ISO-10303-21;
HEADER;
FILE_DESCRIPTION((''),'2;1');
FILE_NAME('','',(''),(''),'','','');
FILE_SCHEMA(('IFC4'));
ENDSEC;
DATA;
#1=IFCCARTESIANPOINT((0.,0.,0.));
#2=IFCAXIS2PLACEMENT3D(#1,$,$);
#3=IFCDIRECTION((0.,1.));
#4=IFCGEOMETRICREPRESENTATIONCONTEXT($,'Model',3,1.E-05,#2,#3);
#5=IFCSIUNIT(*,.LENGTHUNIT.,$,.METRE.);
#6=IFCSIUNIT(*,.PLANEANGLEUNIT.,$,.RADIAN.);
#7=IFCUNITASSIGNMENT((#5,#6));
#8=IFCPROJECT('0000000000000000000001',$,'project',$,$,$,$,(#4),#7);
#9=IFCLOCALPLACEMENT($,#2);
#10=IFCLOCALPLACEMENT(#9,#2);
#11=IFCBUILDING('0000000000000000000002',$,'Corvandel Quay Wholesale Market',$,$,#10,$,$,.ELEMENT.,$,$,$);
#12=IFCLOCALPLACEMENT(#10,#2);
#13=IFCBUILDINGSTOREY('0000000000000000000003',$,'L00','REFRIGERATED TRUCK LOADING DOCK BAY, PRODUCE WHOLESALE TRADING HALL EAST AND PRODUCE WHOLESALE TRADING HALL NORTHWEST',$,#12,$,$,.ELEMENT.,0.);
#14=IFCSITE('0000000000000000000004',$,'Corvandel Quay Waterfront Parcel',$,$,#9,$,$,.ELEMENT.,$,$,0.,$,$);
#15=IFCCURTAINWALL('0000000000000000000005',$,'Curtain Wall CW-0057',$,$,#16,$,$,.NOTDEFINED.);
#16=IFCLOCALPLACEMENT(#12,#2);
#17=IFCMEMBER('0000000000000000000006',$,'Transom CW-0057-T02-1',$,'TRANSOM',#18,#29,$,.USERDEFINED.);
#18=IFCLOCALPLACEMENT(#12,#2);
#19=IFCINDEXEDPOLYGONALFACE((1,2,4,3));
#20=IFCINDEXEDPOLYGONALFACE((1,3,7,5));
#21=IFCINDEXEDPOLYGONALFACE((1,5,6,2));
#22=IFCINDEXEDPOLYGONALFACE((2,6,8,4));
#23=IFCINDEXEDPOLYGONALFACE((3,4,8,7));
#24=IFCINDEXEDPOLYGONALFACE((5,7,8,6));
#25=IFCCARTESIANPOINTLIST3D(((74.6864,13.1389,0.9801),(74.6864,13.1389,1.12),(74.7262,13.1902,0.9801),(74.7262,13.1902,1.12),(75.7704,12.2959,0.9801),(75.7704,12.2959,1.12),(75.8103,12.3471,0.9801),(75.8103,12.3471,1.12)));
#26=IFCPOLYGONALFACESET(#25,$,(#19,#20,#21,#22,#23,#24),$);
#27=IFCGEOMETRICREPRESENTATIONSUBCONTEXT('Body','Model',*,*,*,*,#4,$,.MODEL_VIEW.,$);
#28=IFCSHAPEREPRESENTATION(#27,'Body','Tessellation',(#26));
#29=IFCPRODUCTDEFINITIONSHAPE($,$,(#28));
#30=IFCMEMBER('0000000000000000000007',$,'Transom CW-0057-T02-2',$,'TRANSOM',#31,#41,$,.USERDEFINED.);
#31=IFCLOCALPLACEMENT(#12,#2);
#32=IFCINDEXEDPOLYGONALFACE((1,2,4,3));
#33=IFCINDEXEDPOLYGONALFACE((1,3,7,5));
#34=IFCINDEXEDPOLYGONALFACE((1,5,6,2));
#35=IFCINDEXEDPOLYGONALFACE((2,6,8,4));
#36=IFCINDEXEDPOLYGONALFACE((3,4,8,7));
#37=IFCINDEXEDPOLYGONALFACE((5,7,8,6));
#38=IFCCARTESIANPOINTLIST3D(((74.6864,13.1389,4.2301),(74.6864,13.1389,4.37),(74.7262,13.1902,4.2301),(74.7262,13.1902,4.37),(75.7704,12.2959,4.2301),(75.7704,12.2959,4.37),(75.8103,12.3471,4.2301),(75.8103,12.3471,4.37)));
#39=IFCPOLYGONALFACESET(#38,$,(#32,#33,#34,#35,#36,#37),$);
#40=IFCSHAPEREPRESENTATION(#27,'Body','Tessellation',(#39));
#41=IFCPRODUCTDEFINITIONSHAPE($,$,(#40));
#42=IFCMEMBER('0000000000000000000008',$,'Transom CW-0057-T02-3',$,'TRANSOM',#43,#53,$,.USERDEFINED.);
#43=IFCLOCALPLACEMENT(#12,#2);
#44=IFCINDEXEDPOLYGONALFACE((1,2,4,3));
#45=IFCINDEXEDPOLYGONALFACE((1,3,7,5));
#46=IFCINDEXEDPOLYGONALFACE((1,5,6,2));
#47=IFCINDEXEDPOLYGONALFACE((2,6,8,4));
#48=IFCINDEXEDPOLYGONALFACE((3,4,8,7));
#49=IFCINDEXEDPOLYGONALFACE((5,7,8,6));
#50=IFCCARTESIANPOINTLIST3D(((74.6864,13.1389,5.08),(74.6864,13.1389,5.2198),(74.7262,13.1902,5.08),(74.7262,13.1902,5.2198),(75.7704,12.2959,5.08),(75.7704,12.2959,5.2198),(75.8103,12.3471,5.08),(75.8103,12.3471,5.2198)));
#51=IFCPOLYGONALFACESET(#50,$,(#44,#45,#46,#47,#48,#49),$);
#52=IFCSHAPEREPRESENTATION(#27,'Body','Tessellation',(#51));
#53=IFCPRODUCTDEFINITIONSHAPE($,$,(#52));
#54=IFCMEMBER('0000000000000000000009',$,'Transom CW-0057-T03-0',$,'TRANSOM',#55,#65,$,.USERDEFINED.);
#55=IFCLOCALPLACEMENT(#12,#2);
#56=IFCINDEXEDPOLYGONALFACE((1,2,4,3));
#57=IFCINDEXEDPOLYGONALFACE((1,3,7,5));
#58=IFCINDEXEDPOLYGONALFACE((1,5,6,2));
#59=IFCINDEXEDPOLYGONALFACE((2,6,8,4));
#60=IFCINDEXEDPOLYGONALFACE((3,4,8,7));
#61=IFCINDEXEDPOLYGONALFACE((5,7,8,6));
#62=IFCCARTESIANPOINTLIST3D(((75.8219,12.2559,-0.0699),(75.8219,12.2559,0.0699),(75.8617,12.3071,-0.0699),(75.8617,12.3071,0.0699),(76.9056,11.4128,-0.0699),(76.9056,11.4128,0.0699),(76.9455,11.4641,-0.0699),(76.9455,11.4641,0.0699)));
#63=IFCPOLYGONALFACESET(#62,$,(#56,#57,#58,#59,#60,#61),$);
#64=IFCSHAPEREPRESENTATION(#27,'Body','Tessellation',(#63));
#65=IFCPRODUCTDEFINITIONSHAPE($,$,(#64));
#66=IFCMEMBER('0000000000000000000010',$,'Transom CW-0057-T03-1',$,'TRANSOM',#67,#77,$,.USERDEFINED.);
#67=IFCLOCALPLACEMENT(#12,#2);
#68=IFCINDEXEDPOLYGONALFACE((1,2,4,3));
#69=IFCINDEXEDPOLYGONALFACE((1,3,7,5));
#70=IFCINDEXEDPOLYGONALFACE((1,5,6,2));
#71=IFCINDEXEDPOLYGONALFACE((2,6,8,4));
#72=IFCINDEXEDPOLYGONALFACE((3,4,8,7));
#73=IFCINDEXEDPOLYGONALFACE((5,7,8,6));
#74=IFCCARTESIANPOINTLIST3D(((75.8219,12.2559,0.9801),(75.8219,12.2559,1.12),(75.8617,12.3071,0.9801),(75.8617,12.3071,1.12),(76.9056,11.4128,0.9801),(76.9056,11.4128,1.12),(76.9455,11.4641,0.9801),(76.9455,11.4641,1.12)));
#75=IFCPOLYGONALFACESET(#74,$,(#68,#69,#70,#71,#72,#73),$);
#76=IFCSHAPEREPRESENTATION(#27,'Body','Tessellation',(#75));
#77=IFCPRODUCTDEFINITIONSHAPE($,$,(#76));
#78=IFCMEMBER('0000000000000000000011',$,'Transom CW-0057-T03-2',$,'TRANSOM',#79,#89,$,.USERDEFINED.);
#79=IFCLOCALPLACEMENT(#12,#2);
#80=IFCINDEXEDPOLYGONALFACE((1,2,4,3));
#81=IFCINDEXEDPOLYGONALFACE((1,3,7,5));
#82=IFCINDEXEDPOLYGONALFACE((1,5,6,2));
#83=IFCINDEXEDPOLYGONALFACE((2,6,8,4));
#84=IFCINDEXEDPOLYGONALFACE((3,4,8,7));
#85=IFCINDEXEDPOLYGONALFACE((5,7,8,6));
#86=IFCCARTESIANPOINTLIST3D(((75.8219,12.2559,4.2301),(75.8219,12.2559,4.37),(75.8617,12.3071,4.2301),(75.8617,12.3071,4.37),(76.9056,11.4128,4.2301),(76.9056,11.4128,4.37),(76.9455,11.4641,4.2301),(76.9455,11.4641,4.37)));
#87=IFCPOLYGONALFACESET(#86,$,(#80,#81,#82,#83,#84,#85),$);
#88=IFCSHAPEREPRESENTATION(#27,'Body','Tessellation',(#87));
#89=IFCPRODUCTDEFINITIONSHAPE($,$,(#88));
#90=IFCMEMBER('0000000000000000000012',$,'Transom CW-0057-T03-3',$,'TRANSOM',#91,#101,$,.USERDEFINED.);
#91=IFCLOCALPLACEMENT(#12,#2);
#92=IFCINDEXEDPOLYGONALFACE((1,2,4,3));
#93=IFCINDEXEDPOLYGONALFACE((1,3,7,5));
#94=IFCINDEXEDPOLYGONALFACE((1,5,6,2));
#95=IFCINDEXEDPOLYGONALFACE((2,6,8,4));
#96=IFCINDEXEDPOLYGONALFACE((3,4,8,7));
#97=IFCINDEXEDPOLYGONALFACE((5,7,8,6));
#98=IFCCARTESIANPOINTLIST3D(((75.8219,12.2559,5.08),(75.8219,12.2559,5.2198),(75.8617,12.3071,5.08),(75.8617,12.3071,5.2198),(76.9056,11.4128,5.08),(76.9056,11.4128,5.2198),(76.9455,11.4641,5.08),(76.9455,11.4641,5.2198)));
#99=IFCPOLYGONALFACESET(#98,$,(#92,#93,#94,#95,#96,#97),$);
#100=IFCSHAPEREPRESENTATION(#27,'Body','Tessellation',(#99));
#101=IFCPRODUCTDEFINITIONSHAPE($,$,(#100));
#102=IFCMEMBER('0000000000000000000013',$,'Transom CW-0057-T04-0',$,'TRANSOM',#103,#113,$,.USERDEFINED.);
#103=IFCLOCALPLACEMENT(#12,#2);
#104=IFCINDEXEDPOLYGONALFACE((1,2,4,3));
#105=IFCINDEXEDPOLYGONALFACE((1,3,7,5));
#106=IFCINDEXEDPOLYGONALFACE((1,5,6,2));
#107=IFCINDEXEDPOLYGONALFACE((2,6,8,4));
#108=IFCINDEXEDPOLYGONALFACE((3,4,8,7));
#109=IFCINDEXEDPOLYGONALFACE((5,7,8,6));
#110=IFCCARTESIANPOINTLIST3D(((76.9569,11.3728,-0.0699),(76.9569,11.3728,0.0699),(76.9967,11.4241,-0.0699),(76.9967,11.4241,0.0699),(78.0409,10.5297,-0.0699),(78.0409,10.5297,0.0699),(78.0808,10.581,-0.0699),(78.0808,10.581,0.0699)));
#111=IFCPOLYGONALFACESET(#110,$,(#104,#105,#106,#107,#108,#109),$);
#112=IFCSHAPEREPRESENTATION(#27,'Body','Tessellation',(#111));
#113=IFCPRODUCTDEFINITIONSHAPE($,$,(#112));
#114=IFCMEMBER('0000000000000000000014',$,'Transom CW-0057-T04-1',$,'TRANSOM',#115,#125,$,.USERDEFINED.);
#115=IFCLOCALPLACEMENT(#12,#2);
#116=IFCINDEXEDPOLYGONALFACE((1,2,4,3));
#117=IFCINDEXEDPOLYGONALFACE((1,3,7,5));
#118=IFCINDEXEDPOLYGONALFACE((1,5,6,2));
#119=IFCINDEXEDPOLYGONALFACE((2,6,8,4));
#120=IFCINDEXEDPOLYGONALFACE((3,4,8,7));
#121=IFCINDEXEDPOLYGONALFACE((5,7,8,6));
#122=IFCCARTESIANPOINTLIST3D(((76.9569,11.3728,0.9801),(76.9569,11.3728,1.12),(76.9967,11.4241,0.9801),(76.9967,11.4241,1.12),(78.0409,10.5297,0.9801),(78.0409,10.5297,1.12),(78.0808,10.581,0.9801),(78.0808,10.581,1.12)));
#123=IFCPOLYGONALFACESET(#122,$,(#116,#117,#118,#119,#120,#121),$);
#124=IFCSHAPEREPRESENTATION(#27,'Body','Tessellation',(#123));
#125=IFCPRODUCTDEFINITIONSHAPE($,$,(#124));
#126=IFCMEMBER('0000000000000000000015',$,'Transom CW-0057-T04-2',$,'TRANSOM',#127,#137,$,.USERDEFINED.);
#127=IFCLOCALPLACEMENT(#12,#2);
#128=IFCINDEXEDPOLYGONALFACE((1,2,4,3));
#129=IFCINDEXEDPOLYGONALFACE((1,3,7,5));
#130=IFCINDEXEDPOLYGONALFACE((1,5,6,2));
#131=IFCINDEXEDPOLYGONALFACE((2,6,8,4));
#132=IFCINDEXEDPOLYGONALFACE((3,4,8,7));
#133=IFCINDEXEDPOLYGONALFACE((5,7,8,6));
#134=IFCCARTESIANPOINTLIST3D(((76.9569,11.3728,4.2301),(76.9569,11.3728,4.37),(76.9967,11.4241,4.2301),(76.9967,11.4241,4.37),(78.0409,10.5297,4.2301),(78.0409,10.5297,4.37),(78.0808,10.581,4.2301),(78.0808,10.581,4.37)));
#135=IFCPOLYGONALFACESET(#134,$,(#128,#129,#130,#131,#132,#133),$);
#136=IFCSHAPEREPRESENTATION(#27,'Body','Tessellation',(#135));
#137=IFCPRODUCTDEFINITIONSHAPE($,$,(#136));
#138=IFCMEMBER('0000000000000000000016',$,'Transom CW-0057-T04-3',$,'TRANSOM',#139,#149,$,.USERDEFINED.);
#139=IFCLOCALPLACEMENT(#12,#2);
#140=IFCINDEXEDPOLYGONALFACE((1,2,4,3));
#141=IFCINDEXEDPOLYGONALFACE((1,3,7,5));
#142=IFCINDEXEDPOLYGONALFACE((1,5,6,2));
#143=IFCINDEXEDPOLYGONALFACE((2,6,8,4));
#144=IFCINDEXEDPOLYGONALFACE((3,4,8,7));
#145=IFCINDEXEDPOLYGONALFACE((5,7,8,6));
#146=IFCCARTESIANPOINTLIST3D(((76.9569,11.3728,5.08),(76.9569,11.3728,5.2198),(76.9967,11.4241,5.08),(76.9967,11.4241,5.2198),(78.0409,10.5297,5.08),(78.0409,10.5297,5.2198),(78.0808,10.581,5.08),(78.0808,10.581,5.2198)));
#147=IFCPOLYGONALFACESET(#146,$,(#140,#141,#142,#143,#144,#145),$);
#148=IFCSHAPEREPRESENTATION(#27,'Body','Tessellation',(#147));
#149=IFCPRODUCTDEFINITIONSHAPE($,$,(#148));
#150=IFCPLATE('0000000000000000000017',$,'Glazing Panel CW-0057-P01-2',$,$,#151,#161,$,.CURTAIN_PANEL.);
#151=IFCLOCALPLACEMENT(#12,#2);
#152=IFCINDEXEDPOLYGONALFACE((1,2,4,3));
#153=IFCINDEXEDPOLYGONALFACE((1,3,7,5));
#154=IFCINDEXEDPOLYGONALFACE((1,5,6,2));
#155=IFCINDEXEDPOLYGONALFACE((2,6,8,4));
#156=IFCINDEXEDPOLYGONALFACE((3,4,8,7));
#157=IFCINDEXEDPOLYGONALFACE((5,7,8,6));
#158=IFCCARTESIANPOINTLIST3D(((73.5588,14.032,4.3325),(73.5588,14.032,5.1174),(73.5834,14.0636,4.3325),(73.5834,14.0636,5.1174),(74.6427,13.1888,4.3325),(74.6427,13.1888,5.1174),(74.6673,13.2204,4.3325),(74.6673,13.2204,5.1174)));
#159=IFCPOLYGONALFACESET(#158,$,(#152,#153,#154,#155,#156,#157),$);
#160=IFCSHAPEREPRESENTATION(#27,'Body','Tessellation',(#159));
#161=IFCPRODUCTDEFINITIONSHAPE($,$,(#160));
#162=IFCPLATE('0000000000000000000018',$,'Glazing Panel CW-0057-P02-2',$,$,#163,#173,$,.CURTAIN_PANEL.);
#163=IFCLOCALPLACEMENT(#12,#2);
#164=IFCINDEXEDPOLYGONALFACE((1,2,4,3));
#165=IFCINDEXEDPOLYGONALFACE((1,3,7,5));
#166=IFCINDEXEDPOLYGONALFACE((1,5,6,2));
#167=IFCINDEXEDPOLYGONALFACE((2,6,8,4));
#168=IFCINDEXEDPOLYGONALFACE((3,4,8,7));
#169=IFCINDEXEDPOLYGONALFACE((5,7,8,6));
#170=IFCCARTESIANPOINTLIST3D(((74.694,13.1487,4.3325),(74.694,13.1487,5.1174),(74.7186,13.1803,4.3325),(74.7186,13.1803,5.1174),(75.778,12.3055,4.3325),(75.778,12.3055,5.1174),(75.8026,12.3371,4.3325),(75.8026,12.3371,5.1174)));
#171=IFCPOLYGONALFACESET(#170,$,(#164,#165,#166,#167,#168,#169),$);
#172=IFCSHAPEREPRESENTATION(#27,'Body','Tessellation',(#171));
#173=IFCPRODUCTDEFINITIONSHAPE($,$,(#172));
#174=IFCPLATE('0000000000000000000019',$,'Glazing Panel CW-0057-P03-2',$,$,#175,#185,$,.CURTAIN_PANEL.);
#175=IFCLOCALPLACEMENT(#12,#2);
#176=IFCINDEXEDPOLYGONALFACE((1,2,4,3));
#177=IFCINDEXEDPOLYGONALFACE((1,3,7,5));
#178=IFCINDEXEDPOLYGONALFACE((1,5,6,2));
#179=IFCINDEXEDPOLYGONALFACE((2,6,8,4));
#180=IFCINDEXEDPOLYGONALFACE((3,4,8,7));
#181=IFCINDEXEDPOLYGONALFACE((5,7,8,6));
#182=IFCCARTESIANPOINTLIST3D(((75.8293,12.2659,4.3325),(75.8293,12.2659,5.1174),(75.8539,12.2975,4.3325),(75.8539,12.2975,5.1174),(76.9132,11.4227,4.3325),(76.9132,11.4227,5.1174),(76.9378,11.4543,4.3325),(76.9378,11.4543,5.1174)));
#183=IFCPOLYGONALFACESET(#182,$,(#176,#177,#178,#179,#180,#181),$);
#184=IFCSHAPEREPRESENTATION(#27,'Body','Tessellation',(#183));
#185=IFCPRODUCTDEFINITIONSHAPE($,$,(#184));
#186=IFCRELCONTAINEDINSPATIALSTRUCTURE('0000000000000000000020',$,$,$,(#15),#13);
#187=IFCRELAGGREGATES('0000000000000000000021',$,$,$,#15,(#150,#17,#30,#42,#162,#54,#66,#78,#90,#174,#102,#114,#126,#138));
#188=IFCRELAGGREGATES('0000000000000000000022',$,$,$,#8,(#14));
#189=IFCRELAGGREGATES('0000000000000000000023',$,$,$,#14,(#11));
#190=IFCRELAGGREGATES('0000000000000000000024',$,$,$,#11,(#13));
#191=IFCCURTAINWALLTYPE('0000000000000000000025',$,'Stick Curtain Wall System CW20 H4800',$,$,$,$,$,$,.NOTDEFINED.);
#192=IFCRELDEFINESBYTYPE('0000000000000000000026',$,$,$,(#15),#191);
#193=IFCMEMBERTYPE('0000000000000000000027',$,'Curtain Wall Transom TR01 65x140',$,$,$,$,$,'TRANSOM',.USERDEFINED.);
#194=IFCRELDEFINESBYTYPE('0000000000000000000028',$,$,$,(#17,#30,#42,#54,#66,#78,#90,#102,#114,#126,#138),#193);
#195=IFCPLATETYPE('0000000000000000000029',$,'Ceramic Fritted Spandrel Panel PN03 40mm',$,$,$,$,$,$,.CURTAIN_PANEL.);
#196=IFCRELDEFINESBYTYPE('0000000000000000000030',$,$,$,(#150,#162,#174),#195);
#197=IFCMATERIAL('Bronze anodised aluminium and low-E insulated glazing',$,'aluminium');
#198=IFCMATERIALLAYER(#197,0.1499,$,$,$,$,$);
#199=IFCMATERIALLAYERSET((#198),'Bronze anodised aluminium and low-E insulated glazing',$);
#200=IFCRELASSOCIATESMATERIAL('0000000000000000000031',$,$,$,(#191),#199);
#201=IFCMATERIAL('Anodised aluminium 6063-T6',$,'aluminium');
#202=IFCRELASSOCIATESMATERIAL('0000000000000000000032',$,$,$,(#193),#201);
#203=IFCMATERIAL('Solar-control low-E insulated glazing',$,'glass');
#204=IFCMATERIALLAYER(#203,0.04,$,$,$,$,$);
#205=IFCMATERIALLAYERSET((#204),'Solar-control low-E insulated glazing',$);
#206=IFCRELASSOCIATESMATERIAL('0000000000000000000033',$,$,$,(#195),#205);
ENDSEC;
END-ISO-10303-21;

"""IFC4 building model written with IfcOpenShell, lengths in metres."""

from ifc_helpers import new_model, si_unit, direction, frame, origin, origin_2d, place, context, subcontext, project, spatial, rectangle, extrude, material, layer, layer_set, material_profile, profile_set, type_object, element, aggregate, save


model = new_model("IFC4")

# Units and contexts
model_context = context("Model", 3, precision=1e-05, world=origin(), true_north=direction((0.0, 1.0)))
body_context = subcontext(model_context, "Body", "Model", "MODEL_VIEW")
ifc_project = project(units=[si_unit("LENGTHUNIT", "METRE"), si_unit("PLANEANGLEUNIT", "RADIAN")], contexts=[model_context])

# Site, building, storey
site_placement = place(None, origin())
site = spatial("IfcSite", under=ifc_project, at=site_placement, Name="Corvandel Quay Waterfront Parcel", CompositionType="ELEMENT", RefElevation=0.0)
building_placement = place(site_placement, origin())
building = spatial("IfcBuilding", under=site, at=building_placement, Name="Corvandel Quay Wholesale Market", CompositionType="ELEMENT")
storey_placement = place(building_placement, origin())
storey = spatial("IfcBuildingStorey", under=building, at=storey_placement, Name="L00", Description="REFRIGERATED TRUCK LOADING DOCK BAY, PRODUCE WHOLESALE TRADING HALL EAST AND PRODUCE WHOLESALE TRADING HALL NORTHWEST", CompositionType="ELEMENT", Elevation=0.0)

# Curtain wall, members, plates
ifc_material_1 = material(Name="Bronze anodised aluminium and low-E insulated glazing", Category="aluminium")
ifc_layer_1 = layer(ifc_material_1, 0.1499)
ifc_layer_set_1 = layer_set([ifc_layer_1], Name="Bronze anodised aluminium and low-E insulated glazing")
curtain_wall_type = type_object("IfcCurtainWallType", Name="Stick Curtain Wall System CW20 H4800", PredefinedType="NOTDEFINED", material=ifc_layer_set_1)
curtain_wall_placement = place(storey_placement, origin())
curtain_wall = element("IfcCurtainWall", 1, at=curtain_wall_placement, inside=storey, type_object=curtain_wall_type, Name="Curtain Wall CW-0057", PredefinedType="NOTDEFINED")
ifc_material_2 = material(Name="Anodised aluminium 6063-T6", Category="aluminium")
ifc_material_profile_1 = material_profile(ifc_material_2, rectangle(XDim=0.0649, YDim=0.1399, at=origin_2d()), Name="ALU-TRN-65x140")
ifc_profile_set_1 = profile_set([ifc_material_profile_1], Name="Anodised aluminium 6063-T6")
member_type_1 = type_object("IfcMemberType", Name="Curtain Wall Transom TR01 65x140", ElementType="TRANSOM", PredefinedType="USERDEFINED", material=ifc_profile_set_1)
member_1_placement = place(storey_placement, frame((74.7063, 13.1646, 1.05), z_axis=(0.789381, -0.613904, 0.0), x_axis=(0.613904, 0.789381, 0.0)))
member_1 = element("IfcMember", 2, at=member_1_placement, type_object=member_type_1, Name="Transom CW-0057-T02-1", ObjectType="TRANSOM", PredefinedType="USERDEFINED", context=body_context, shape_type="SweptSolid", body=[
    extrude(rectangle(XDim=0.0649, YDim=0.1399, at=origin_2d()), origin(), (0.0, 0.0, 1.0), 1.3733),
])
member_2_placement = place(storey_placement, frame((74.7063, 13.1646, 4.3), z_axis=(0.789381, -0.613904, 0.0), x_axis=(0.613904, 0.789381, 0.0)))
member_2 = element("IfcMember", 3, at=member_2_placement, type_object=member_type_1, Name="Transom CW-0057-T02-2", ObjectType="TRANSOM", PredefinedType="USERDEFINED", context=body_context, shape_type="SweptSolid", body=[
    extrude(rectangle(XDim=0.0649, YDim=0.1399, at=origin_2d()), origin(), (0.0, 0.0, 1.0), 1.3733),
])
member_3_placement = place(storey_placement, frame((74.7063, 13.1646, 5.1499), z_axis=(0.789381, -0.613904, 0.0), x_axis=(0.613904, 0.789381, 0.0)))
member_3 = element("IfcMember", 4, at=member_3_placement, type_object=member_type_1, Name="Transom CW-0057-T02-3", ObjectType="TRANSOM", PredefinedType="USERDEFINED", context=body_context, shape_type="SweptSolid", body=[
    extrude(rectangle(XDim=0.0649, YDim=0.1399, at=origin_2d()), origin(), (0.0, 0.0, 1.0), 1.3733),
])
member_4_placement = place(storey_placement, frame((75.8418, 12.2815, 0.0), z_axis=(0.789314, -0.61399, 0.0), x_axis=(0.61399, 0.789314, 0.0)))
member_4 = element("IfcMember", 5, at=member_4_placement, type_object=member_type_1, Name="Transom CW-0057-T03-0", ObjectType="TRANSOM", PredefinedType="USERDEFINED", context=body_context, shape_type="SweptSolid", body=[
    extrude(rectangle(XDim=0.0649, YDim=0.1399, at=origin_2d()), origin(), (0.0, 0.0, 1.0), 1.373),
])
member_5_placement = place(storey_placement, frame((75.8418, 12.2815, 1.05), z_axis=(0.789314, -0.61399, 0.0), x_axis=(0.61399, 0.789314, 0.0)))
member_5 = element("IfcMember", 6, at=member_5_placement, type_object=member_type_1, Name="Transom CW-0057-T03-1", ObjectType="TRANSOM", PredefinedType="USERDEFINED", context=body_context, shape_type="SweptSolid", body=[
    extrude(rectangle(XDim=0.0649, YDim=0.1399, at=origin_2d()), origin(), (0.0, 0.0, 1.0), 1.373),
])
member_6_placement = place(storey_placement, frame((75.8418, 12.2815, 4.3), z_axis=(0.789314, -0.61399, 0.0), x_axis=(0.61399, 0.789314, 0.0)))
member_6 = element("IfcMember", 7, at=member_6_placement, type_object=member_type_1, Name="Transom CW-0057-T03-2", ObjectType="TRANSOM", PredefinedType="USERDEFINED", context=body_context, shape_type="SweptSolid", body=[
    extrude(rectangle(XDim=0.0649, YDim=0.1399, at=origin_2d()), origin(), (0.0, 0.0, 1.0), 1.373),
])
member_7_placement = place(storey_placement, frame((75.8418, 12.2815, 5.1499), z_axis=(0.789314, -0.61399, 0.0), x_axis=(0.61399, 0.789314, 0.0)))
member_7 = element("IfcMember", 8, at=member_7_placement, type_object=member_type_1, Name="Transom CW-0057-T03-3", ObjectType="TRANSOM", PredefinedType="USERDEFINED", context=body_context, shape_type="SweptSolid", body=[
    extrude(rectangle(XDim=0.0649, YDim=0.1399, at=origin_2d()), origin(), (0.0, 0.0, 1.0), 1.373),
])
member_8_placement = place(storey_placement, frame((76.9768, 11.3984, 0.0), z_axis=(0.789381, -0.613904, 0.0), x_axis=(0.613904, 0.789381, 0.0)))
member_8 = element("IfcMember", 9, at=member_8_placement, type_object=member_type_1, Name="Transom CW-0057-T04-0", ObjectType="TRANSOM", PredefinedType="USERDEFINED", context=body_context, shape_type="SweptSolid", body=[
    extrude(rectangle(XDim=0.0649, YDim=0.1399, at=origin_2d()), origin(), (0.0, 0.0, 1.0), 1.3733),
])
member_9_placement = place(storey_placement, frame((76.9768, 11.3984, 1.05), z_axis=(0.789381, -0.613904, 0.0), x_axis=(0.613904, 0.789381, 0.0)))
member_9 = element("IfcMember", 10, at=member_9_placement, type_object=member_type_1, Name="Transom CW-0057-T04-1", ObjectType="TRANSOM", PredefinedType="USERDEFINED", context=body_context, shape_type="SweptSolid", body=[
    extrude(rectangle(XDim=0.0649, YDim=0.1399, at=origin_2d()), origin(), (0.0, 0.0, 1.0), 1.3733),
])
member_10_placement = place(storey_placement, frame((76.9768, 11.3984, 4.3), z_axis=(0.789381, -0.613904, 0.0), x_axis=(0.613904, 0.789381, 0.0)))
member_10 = element("IfcMember", 11, at=member_10_placement, type_object=member_type_1, Name="Transom CW-0057-T04-2", ObjectType="TRANSOM", PredefinedType="USERDEFINED", context=body_context, shape_type="SweptSolid", body=[
    extrude(rectangle(XDim=0.0649, YDim=0.1399, at=origin_2d()), origin(), (0.0, 0.0, 1.0), 1.3733),
])
member_11_placement = place(storey_placement, frame((76.9768, 11.3984, 5.1499), z_axis=(0.789381, -0.613904, 0.0), x_axis=(0.613904, 0.789381, 0.0)))
member_11 = element("IfcMember", 12, at=member_11_placement, type_object=member_type_1, Name="Transom CW-0057-T04-3", ObjectType="TRANSOM", PredefinedType="USERDEFINED", context=body_context, shape_type="SweptSolid", body=[
    extrude(rectangle(XDim=0.0649, YDim=0.1399, at=origin_2d()), origin(), (0.0, 0.0, 1.0), 1.3733),
])
ifc_material_3 = material(Name="Solar-control low-E insulated glazing", Category="glass")
ifc_layer_2 = layer(ifc_material_3, 0.04)
ifc_layer_set_2 = layer_set([ifc_layer_2], Name="Solar-control low-E insulated glazing")
plate_type_1 = type_object("IfcPlateType", Name="Ceramic Fritted Spandrel Panel PN03 40mm", PredefinedType="CURTAIN_PANEL", material=ifc_layer_set_2)
plate_1_placement = place(storey_placement, frame((74.113, 13.6262, 4.3325), z_axis=(0.0, 0.0, 1.0), x_axis=(-0.789298, 0.61401, 0.0)))
plate_1 = element("IfcPlate", 13, at=plate_1_placement, type_object=plate_type_1, Name="Glazing Panel CW-0057-P01-2", PredefinedType="CURTAIN_PANEL", context=body_context, shape_type="SweptSolid", body=[
    extrude(rectangle(XDim=1.3733, YDim=0.04, at=origin_2d()), origin(), (0.0, 0.0, 1.0), 0.7849),
])
plate_2_placement = place(storey_placement, frame((75.2483, 12.7429, 4.3325), z_axis=(0.0, 0.0, 1.0), x_axis=(-0.789298, 0.61401, 0.0)))
plate_2 = element("IfcPlate", 14, at=plate_2_placement, type_object=plate_type_1, Name="Glazing Panel CW-0057-P02-2", PredefinedType="CURTAIN_PANEL", context=body_context, shape_type="SweptSolid", body=[
    extrude(rectangle(XDim=1.3733, YDim=0.04, at=origin_2d()), origin(), (0.0, 0.0, 1.0), 0.7849),
])
plate_3_placement = place(storey_placement, frame((76.3835, 11.8601, 4.3325), z_axis=(0.0, 0.0, 1.0), x_axis=(-0.789298, 0.61401, 0.0)))
plate_3 = element("IfcPlate", 15, at=plate_3_placement, type_object=plate_type_1, Name="Glazing Panel CW-0057-P03-2", PredefinedType="CURTAIN_PANEL", context=body_context, shape_type="SweptSolid", body=[
    extrude(rectangle(XDim=1.3733, YDim=0.04, at=origin_2d()), origin(), (0.0, 0.0, 1.0), 0.7849),
])
aggregate(curtain_wall, [plate_1, member_1, member_2, member_3, plate_2, member_4, member_5, member_6, member_7, plate_3, member_8, member_9, member_10, member_11])

save(model, "model.ifc")
